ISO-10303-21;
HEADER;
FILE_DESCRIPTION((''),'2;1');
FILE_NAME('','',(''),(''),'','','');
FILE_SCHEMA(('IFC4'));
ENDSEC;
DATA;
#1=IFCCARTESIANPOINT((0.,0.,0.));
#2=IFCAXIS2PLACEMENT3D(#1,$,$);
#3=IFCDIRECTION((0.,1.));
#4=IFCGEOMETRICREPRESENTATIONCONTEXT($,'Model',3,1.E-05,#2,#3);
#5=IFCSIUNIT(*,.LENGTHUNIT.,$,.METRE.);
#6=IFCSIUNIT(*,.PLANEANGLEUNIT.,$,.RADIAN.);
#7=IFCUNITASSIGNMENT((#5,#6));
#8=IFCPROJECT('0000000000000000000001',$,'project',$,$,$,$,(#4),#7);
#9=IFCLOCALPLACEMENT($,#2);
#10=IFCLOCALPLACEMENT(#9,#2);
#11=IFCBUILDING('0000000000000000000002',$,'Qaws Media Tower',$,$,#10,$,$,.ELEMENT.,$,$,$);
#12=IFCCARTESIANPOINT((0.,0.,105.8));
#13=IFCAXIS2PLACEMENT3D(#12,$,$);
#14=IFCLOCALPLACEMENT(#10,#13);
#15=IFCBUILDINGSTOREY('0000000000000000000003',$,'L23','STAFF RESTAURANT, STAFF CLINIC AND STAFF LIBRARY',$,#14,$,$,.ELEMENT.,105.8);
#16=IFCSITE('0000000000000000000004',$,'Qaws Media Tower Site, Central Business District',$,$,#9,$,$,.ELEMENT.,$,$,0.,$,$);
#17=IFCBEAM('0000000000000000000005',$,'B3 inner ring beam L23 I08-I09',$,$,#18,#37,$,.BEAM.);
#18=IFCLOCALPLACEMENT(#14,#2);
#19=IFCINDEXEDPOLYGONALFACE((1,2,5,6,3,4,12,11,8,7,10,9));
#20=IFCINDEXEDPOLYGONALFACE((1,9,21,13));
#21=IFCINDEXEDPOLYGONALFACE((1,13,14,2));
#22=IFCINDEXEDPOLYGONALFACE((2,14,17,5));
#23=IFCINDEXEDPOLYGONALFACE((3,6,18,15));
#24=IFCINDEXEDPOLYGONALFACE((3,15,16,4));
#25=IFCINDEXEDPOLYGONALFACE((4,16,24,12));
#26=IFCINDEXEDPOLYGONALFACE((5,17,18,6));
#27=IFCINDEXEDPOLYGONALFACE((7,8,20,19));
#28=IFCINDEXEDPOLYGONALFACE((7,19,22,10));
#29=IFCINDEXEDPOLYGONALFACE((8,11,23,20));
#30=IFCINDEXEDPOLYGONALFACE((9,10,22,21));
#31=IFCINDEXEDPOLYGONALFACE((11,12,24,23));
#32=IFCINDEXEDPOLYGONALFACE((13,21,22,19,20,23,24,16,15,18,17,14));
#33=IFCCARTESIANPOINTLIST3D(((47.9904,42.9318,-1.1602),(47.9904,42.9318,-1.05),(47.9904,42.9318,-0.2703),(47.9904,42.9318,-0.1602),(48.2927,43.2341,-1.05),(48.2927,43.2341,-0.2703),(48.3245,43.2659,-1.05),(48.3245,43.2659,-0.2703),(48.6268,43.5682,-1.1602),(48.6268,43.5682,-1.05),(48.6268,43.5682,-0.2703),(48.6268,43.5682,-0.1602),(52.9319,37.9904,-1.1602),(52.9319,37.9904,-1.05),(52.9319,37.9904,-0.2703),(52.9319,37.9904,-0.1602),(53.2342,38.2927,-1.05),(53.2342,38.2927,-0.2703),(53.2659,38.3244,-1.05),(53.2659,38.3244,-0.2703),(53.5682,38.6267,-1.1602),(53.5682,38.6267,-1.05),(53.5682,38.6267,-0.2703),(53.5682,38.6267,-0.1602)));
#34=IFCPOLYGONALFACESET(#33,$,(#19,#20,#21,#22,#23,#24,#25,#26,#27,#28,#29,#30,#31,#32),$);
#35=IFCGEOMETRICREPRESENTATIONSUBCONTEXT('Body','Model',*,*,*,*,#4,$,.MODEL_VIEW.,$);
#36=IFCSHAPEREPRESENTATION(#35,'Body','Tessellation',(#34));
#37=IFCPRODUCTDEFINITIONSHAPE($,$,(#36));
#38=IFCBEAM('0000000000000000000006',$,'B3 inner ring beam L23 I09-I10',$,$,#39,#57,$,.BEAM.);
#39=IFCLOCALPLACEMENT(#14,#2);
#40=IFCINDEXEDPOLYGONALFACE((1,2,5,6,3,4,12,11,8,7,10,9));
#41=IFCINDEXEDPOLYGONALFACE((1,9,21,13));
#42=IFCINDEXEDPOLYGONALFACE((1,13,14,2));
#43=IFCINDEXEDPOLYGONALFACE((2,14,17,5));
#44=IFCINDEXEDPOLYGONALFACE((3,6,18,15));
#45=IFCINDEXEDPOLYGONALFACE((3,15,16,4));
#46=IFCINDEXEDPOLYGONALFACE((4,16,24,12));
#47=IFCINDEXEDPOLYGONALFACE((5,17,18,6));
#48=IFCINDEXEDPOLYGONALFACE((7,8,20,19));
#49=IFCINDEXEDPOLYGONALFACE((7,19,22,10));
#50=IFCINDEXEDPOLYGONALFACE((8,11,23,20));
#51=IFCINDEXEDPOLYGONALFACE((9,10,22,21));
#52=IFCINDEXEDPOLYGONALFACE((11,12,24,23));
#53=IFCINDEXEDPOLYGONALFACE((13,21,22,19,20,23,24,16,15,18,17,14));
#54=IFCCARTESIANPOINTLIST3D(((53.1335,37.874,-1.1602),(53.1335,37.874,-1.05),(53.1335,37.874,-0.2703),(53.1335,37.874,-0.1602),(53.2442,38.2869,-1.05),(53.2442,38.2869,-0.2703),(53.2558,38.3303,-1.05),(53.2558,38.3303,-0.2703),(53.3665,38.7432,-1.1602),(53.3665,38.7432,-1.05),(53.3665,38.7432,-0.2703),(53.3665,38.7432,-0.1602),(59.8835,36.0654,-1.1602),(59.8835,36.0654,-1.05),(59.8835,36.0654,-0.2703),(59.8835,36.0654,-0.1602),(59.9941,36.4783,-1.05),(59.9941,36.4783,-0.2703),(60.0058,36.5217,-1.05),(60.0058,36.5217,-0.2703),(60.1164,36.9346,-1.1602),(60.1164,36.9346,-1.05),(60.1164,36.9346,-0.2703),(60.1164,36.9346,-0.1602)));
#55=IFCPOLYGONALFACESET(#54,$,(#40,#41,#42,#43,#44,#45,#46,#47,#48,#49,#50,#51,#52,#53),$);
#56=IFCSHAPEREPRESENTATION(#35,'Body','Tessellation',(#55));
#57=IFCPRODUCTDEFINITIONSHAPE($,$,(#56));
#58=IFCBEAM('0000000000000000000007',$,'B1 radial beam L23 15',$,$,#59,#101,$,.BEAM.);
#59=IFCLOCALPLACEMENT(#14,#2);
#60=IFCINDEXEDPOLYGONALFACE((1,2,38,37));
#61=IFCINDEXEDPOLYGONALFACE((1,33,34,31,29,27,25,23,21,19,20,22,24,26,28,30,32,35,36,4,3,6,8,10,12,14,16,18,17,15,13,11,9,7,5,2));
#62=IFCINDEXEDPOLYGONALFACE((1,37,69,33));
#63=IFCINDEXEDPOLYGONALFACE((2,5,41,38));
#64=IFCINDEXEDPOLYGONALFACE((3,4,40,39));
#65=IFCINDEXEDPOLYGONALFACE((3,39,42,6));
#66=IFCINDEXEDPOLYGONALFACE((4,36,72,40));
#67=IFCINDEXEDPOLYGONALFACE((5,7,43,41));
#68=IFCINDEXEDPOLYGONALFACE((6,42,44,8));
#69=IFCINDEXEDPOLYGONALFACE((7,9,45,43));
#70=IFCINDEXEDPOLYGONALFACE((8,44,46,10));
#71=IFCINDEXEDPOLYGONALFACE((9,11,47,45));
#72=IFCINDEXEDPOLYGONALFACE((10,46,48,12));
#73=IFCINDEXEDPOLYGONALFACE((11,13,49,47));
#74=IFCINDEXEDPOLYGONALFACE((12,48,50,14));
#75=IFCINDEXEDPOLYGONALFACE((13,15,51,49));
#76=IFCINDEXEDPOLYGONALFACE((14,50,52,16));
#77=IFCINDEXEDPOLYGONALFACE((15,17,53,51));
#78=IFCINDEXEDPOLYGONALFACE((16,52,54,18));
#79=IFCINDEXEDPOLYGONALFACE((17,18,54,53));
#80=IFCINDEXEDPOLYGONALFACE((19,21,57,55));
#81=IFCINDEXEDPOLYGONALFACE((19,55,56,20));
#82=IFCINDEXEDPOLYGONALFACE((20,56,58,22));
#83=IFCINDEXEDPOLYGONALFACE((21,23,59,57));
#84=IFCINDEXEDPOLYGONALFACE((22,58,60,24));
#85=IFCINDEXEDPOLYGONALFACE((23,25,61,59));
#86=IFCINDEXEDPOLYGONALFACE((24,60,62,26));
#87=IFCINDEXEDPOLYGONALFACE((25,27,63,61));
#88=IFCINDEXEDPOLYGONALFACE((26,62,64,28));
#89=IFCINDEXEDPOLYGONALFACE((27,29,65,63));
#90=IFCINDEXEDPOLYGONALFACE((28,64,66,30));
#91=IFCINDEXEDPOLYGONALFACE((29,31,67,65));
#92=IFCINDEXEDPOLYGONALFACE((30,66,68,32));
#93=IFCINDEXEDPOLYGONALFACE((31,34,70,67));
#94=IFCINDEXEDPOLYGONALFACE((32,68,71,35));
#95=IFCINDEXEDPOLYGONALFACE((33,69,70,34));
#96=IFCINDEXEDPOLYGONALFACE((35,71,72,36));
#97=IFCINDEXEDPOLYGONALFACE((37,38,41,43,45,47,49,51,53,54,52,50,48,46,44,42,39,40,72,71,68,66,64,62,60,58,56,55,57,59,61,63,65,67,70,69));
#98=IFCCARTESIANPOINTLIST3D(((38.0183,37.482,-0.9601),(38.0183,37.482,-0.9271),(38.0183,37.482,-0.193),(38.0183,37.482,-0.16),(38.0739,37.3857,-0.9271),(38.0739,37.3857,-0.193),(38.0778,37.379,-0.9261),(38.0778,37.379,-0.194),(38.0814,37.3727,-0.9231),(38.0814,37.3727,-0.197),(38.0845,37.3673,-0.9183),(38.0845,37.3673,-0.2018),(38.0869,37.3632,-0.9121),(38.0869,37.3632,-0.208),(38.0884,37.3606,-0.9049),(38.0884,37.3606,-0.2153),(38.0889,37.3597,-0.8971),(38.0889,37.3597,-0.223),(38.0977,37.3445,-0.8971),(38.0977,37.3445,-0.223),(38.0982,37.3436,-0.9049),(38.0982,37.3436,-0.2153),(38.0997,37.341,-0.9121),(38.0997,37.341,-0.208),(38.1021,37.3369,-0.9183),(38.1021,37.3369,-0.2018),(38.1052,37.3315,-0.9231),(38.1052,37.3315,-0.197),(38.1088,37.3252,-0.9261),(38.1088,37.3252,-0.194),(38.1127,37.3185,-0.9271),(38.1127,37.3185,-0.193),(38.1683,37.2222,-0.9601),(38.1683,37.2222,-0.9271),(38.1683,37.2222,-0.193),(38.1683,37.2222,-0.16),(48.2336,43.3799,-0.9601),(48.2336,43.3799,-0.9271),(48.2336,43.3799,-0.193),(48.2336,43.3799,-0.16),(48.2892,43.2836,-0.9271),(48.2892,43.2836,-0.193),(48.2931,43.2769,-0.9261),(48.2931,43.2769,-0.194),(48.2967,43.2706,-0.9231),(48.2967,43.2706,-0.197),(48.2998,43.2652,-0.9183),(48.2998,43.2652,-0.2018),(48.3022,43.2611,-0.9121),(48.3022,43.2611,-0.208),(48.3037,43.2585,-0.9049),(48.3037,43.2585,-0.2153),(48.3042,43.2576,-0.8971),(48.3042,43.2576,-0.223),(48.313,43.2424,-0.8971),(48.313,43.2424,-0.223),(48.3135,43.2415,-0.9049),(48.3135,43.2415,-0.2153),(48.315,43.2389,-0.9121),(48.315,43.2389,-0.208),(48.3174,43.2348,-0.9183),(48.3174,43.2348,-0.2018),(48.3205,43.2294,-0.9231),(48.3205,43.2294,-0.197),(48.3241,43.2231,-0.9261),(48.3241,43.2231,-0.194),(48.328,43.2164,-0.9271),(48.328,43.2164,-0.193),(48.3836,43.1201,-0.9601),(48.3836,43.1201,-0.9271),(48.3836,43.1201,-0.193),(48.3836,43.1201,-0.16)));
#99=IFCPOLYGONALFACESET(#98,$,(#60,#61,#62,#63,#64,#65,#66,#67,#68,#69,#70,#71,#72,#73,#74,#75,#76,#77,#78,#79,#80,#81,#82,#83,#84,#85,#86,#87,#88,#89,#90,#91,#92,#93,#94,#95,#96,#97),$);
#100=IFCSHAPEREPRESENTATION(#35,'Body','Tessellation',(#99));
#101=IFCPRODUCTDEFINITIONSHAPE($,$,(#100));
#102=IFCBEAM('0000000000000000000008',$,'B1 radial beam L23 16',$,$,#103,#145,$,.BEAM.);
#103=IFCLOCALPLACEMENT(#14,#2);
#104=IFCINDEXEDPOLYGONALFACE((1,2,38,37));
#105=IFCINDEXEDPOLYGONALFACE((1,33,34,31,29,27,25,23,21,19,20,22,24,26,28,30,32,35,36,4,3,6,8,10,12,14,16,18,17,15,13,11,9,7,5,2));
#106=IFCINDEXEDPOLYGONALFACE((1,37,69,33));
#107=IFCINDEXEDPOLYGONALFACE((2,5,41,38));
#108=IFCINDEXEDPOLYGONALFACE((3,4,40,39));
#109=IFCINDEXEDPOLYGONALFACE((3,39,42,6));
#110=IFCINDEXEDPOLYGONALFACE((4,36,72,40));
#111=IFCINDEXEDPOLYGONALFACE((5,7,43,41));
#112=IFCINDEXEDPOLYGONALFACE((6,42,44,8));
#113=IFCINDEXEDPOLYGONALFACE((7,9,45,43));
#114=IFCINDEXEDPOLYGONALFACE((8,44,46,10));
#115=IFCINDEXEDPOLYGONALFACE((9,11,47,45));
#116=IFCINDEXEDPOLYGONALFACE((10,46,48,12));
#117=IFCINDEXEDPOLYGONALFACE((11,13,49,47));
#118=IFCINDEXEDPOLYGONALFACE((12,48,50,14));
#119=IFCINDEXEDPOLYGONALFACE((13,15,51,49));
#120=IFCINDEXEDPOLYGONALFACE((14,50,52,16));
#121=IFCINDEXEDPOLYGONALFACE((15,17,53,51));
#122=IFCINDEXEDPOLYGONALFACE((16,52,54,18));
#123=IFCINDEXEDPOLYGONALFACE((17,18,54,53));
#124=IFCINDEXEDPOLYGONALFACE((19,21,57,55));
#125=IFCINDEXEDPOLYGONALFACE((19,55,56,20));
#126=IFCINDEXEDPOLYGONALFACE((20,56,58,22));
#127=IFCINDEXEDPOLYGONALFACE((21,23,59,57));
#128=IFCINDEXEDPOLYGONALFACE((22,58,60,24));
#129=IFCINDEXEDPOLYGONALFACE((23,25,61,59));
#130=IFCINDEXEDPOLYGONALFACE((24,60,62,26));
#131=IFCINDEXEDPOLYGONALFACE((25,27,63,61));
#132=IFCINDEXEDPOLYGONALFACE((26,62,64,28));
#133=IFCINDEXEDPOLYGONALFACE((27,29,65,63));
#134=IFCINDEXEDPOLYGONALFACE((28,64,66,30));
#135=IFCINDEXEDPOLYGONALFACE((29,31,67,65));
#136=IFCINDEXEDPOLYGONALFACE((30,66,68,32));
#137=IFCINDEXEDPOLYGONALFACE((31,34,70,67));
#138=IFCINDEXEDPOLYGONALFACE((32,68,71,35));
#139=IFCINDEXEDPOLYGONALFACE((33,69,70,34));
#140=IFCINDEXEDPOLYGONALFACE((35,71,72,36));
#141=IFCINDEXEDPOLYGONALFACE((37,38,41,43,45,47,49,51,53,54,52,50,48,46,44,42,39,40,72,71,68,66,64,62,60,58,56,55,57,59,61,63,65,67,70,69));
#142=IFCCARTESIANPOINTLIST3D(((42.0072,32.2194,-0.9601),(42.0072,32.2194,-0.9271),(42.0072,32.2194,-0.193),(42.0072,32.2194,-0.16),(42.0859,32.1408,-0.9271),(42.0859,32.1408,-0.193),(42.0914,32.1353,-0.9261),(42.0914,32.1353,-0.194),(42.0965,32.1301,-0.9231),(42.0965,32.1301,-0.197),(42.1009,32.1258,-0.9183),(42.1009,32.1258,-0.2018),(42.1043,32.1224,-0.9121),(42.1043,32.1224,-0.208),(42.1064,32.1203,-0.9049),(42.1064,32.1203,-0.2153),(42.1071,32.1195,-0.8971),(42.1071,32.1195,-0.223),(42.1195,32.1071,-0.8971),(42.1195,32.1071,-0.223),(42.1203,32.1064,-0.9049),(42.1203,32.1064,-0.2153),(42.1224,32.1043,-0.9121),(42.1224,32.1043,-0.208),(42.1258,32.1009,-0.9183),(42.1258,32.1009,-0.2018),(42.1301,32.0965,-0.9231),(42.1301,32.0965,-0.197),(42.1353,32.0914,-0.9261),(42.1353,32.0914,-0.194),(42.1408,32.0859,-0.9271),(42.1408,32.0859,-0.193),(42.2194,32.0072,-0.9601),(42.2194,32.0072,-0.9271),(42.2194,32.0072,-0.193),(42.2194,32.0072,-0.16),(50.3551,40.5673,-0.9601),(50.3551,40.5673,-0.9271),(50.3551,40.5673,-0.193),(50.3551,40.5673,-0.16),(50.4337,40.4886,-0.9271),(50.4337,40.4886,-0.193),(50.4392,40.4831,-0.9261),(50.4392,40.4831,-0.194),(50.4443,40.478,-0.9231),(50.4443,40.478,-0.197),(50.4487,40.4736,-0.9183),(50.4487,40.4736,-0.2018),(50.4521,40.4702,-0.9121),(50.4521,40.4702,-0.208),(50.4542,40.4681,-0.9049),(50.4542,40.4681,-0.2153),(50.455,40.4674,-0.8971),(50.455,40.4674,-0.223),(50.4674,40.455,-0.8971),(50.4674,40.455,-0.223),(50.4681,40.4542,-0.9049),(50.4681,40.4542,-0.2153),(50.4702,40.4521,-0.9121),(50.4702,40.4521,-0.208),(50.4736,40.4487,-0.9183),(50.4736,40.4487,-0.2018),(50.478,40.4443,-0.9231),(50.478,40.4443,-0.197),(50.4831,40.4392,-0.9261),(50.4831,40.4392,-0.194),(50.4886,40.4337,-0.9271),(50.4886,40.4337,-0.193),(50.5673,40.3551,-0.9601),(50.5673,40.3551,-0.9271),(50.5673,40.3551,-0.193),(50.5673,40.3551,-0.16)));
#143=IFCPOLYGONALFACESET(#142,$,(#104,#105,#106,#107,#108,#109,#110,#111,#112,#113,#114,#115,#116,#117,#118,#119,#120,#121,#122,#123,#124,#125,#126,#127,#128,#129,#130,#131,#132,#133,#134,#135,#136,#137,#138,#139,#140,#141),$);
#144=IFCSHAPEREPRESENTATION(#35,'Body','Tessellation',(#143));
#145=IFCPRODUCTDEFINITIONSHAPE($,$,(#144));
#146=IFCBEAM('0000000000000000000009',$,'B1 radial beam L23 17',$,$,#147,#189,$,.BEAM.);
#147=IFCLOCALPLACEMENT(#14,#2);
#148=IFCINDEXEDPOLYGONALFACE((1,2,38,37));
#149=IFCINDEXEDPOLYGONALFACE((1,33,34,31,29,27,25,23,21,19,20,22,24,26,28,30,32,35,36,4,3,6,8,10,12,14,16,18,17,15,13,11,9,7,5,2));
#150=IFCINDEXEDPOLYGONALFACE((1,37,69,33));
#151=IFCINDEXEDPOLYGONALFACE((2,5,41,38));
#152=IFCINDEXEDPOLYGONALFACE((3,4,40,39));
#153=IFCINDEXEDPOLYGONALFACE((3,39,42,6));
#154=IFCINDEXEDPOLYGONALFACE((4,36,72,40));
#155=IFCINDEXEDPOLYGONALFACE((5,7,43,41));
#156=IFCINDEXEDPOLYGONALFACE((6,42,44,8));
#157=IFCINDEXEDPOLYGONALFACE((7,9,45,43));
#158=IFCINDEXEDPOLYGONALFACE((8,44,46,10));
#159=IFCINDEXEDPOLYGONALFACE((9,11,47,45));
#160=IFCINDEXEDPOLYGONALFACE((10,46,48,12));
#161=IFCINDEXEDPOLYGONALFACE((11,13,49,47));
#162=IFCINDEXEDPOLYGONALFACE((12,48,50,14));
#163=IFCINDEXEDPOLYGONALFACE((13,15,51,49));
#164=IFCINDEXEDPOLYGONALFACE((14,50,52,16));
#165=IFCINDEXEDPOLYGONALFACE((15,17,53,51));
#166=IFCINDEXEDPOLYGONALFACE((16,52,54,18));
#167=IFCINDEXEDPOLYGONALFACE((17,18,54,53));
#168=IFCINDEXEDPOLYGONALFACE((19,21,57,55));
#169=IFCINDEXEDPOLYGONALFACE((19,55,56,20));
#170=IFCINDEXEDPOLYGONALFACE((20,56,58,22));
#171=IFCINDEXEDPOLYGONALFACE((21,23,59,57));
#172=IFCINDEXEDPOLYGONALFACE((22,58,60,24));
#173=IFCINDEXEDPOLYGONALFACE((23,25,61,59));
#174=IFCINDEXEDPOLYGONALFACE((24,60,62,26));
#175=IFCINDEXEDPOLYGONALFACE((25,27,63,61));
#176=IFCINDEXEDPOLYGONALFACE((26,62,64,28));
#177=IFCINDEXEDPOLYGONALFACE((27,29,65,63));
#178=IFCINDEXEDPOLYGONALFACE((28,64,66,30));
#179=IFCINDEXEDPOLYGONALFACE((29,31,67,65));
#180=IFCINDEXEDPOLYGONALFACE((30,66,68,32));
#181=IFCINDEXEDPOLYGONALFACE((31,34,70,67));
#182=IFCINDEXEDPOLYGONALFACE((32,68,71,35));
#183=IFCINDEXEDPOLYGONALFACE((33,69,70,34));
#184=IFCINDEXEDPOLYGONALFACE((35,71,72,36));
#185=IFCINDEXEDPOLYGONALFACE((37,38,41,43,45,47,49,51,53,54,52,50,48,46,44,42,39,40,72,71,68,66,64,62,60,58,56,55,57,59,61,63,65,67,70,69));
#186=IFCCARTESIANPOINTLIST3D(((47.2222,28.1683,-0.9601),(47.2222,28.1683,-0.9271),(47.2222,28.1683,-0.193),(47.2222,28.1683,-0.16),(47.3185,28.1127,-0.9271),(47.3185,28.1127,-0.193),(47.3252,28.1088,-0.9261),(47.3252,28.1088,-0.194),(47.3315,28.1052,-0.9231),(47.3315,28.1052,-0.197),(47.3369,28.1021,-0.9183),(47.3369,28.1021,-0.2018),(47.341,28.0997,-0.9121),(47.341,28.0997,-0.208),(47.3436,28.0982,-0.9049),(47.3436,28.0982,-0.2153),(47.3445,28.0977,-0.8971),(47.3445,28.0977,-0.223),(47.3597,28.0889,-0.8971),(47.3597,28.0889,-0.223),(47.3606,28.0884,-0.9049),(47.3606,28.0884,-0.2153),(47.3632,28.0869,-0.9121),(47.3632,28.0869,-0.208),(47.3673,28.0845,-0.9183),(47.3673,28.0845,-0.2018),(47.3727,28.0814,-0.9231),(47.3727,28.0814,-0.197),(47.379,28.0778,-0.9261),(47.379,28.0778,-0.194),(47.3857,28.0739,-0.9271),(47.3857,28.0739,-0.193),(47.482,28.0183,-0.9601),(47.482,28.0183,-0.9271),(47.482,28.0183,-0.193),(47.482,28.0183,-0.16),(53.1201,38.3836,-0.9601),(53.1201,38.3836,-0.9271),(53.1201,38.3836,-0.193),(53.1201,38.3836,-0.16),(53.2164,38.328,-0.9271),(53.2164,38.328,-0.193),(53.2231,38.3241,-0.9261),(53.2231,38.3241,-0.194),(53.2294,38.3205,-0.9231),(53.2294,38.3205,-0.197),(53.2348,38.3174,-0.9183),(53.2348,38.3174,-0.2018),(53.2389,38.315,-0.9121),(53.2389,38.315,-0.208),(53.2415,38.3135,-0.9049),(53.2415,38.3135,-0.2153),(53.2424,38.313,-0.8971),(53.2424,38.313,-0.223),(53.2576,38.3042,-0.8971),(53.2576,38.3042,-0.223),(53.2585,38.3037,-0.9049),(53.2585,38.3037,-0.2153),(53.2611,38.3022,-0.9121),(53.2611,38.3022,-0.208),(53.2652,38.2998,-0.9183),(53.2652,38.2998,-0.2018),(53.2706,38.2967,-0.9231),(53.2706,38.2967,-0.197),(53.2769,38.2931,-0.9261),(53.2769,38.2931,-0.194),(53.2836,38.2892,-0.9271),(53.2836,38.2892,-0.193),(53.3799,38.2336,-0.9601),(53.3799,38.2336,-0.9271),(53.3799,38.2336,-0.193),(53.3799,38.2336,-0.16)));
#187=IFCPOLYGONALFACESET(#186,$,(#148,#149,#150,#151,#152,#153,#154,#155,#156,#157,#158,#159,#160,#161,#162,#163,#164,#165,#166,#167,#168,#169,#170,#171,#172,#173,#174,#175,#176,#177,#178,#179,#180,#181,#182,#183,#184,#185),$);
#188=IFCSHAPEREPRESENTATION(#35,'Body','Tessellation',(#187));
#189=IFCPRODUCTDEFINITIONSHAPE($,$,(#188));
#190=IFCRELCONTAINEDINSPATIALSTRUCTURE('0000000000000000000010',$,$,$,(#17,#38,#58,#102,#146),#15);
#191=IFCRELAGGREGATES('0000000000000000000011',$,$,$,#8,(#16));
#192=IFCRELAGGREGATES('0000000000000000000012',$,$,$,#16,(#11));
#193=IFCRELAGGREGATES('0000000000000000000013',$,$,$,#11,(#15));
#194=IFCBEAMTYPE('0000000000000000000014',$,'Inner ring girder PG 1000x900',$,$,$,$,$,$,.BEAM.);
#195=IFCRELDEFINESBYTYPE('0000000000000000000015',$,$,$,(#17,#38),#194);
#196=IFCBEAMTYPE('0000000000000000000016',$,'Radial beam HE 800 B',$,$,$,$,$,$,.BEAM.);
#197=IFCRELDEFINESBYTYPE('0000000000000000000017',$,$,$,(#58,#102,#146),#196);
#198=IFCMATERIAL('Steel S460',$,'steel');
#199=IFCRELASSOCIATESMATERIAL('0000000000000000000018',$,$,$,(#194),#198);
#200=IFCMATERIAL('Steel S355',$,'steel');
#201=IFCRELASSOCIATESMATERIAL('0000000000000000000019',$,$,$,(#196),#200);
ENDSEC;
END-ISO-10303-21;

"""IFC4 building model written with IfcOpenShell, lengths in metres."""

from ifc_helpers import new_model, si_unit, direction, frame, origin, origin_2d, place, context, subcontext, project, spatial, i_section, extrude, material, material_profile, profile_set, type_object, element, save


model = new_model("IFC4")

# Units and contexts
model_context = context("Model", 3, precision=1e-05, world=origin(), true_north=direction((0.0, 1.0)))
body_context = subcontext(model_context, "Body", "Model", "MODEL_VIEW")
ifc_project = project(units=[si_unit("LENGTHUNIT", "METRE"), si_unit("PLANEANGLEUNIT", "RADIAN")], contexts=[model_context])

# Site, building, storey
site_placement = place(None, origin())
site = spatial("IfcSite", under=ifc_project, at=site_placement, Name="Qaws Media Tower Site, Central Business District", CompositionType="ELEMENT", RefElevation=0.0)
building_placement = place(site_placement, origin())
building = spatial("IfcBuilding", under=site, at=building_placement, Name="Qaws Media Tower", CompositionType="ELEMENT")
storey_placement = place(building_placement, frame((0.0, 0.0, 105.8)))
storey = spatial("IfcBuildingStorey", under=building, at=storey_placement, Name="L23", Description="STAFF RESTAURANT, STAFF CLINIC AND STAFF LIBRARY", CompositionType="ELEMENT", Elevation=105.8)

# Beams
ifc_material_1 = material(Name="Steel S460", Category="steel")
ifc_material_profile_1 = material_profile(ifc_material_1, i_section(OverallWidth=0.8999, OverallDepth=1.0, WebThickness=0.0449, FlangeThickness=0.1101, at=origin_2d()), Name="PG 1000x900")
ifc_profile_set_1 = profile_set([ifc_material_profile_1], Name="Steel S460")
beam_type_1 = type_object("IfcBeamType", Name="Inner ring girder PG 1000x900", PredefinedType="BEAM", material=ifc_profile_set_1)
beam_1_placement = place(storey_placement, frame((48.3086, 43.25, -0.6602), z_axis=(0.707107, -0.707107, 0.0), x_axis=(0.707107, 0.707107, 0.0)))
element("IfcBeam", 1, at=beam_1_placement, inside=storey, type_object=beam_type_1, Name="B3 inner ring beam L23 I08-I09", PredefinedType="BEAM", context=body_context, shape_type="SweptSolid", body=[
    extrude(i_section(OverallWidth=0.8999, OverallDepth=1.0, WebThickness=0.0449, FlangeThickness=0.1101, at=origin_2d()), origin(), (0.0, 0.0, 1.0), 6.9883),
])
beam_2_placement = place(storey_placement, frame((53.25, 38.3086, -0.6602), z_axis=(0.965928, -0.258811, 0.0), x_axis=(0.258811, 0.965928, 0.0)))
element("IfcBeam", 2, at=beam_2_placement, inside=storey, type_object=beam_type_1, Name="B3 inner ring beam L23 I09-I10", PredefinedType="BEAM", context=body_context, shape_type="SweptSolid", body=[
    extrude(i_section(OverallWidth=0.8999, OverallDepth=1.0, WebThickness=0.0449, FlangeThickness=0.1101, at=origin_2d()), origin(), (0.0, 0.0, 1.0), 6.988),
])
ifc_material_2 = material(Name="Steel S355", Category="steel")
ifc_material_profile_2 = material_profile(ifc_material_2, i_section(OverallWidth=0.3, OverallDepth=0.8, WebThickness=0.0176, FlangeThickness=0.033, FilletRadius=0.03, at=origin_2d()), Name="HE 800 B")
ifc_profile_set_2 = profile_set([ifc_material_profile_2], Name="Steel S355")
beam_type_2 = type_object("IfcBeamType", Name="Radial beam HE 800 B", PredefinedType="BEAM", material=ifc_profile_set_2)
beam_3_placement = place(storey_placement, frame((48.3086, 43.25, -0.5601), z_axis=(-0.866021, -0.500008, 0.0), x_axis=(0.500008, -0.866021, 0.0)))
element("IfcBeam", 3, at=beam_3_placement, inside=storey, type_object=beam_type_2, Name="B1 radial beam L23 15", PredefinedType="BEAM", context=body_context, shape_type="SweptSolid", body=[
    extrude(i_section(OverallWidth=0.3, OverallDepth=0.8, WebThickness=0.0176, FlangeThickness=0.033, FilletRadius=0.03, at=origin_2d()), origin(), (0.0, 0.0, 1.0), 11.7957),
])
beam_4_placement = place(storey_placement, frame((50.4612, 40.4612, -0.5601), z_axis=(-0.707107, -0.707107, 0.0), x_axis=(0.707107, -0.707107, 0.0)))
element("IfcBeam", 4, at=beam_4_placement, inside=storey, type_object=beam_type_2, Name="B1 radial beam L23 16", PredefinedType="BEAM", context=body_context, shape_type="SweptSolid", body=[
    extrude(i_section(OverallWidth=0.3, OverallDepth=0.8, WebThickness=0.0176, FlangeThickness=0.033, FilletRadius=0.03, at=origin_2d()), origin(), (0.0, 0.0, 1.0), 11.8057),
])
beam_5_placement = place(storey_placement, frame((53.25, 38.3086, -0.5601), z_axis=(-0.500008, -0.866021, 0.0), x_axis=(0.866021, -0.500008, 0.0)))
element("IfcBeam", 5, at=beam_5_placement, inside=storey, type_object=beam_type_2, Name="B1 radial beam L23 17", PredefinedType="BEAM", context=body_context, shape_type="SweptSolid", body=[
    extrude(i_section(OverallWidth=0.3, OverallDepth=0.8, WebThickness=0.0176, FlangeThickness=0.033, FilletRadius=0.03, at=origin_2d()), origin(), (0.0, 0.0, 1.0), 11.7957),
])

save(model, "model.ifc")
